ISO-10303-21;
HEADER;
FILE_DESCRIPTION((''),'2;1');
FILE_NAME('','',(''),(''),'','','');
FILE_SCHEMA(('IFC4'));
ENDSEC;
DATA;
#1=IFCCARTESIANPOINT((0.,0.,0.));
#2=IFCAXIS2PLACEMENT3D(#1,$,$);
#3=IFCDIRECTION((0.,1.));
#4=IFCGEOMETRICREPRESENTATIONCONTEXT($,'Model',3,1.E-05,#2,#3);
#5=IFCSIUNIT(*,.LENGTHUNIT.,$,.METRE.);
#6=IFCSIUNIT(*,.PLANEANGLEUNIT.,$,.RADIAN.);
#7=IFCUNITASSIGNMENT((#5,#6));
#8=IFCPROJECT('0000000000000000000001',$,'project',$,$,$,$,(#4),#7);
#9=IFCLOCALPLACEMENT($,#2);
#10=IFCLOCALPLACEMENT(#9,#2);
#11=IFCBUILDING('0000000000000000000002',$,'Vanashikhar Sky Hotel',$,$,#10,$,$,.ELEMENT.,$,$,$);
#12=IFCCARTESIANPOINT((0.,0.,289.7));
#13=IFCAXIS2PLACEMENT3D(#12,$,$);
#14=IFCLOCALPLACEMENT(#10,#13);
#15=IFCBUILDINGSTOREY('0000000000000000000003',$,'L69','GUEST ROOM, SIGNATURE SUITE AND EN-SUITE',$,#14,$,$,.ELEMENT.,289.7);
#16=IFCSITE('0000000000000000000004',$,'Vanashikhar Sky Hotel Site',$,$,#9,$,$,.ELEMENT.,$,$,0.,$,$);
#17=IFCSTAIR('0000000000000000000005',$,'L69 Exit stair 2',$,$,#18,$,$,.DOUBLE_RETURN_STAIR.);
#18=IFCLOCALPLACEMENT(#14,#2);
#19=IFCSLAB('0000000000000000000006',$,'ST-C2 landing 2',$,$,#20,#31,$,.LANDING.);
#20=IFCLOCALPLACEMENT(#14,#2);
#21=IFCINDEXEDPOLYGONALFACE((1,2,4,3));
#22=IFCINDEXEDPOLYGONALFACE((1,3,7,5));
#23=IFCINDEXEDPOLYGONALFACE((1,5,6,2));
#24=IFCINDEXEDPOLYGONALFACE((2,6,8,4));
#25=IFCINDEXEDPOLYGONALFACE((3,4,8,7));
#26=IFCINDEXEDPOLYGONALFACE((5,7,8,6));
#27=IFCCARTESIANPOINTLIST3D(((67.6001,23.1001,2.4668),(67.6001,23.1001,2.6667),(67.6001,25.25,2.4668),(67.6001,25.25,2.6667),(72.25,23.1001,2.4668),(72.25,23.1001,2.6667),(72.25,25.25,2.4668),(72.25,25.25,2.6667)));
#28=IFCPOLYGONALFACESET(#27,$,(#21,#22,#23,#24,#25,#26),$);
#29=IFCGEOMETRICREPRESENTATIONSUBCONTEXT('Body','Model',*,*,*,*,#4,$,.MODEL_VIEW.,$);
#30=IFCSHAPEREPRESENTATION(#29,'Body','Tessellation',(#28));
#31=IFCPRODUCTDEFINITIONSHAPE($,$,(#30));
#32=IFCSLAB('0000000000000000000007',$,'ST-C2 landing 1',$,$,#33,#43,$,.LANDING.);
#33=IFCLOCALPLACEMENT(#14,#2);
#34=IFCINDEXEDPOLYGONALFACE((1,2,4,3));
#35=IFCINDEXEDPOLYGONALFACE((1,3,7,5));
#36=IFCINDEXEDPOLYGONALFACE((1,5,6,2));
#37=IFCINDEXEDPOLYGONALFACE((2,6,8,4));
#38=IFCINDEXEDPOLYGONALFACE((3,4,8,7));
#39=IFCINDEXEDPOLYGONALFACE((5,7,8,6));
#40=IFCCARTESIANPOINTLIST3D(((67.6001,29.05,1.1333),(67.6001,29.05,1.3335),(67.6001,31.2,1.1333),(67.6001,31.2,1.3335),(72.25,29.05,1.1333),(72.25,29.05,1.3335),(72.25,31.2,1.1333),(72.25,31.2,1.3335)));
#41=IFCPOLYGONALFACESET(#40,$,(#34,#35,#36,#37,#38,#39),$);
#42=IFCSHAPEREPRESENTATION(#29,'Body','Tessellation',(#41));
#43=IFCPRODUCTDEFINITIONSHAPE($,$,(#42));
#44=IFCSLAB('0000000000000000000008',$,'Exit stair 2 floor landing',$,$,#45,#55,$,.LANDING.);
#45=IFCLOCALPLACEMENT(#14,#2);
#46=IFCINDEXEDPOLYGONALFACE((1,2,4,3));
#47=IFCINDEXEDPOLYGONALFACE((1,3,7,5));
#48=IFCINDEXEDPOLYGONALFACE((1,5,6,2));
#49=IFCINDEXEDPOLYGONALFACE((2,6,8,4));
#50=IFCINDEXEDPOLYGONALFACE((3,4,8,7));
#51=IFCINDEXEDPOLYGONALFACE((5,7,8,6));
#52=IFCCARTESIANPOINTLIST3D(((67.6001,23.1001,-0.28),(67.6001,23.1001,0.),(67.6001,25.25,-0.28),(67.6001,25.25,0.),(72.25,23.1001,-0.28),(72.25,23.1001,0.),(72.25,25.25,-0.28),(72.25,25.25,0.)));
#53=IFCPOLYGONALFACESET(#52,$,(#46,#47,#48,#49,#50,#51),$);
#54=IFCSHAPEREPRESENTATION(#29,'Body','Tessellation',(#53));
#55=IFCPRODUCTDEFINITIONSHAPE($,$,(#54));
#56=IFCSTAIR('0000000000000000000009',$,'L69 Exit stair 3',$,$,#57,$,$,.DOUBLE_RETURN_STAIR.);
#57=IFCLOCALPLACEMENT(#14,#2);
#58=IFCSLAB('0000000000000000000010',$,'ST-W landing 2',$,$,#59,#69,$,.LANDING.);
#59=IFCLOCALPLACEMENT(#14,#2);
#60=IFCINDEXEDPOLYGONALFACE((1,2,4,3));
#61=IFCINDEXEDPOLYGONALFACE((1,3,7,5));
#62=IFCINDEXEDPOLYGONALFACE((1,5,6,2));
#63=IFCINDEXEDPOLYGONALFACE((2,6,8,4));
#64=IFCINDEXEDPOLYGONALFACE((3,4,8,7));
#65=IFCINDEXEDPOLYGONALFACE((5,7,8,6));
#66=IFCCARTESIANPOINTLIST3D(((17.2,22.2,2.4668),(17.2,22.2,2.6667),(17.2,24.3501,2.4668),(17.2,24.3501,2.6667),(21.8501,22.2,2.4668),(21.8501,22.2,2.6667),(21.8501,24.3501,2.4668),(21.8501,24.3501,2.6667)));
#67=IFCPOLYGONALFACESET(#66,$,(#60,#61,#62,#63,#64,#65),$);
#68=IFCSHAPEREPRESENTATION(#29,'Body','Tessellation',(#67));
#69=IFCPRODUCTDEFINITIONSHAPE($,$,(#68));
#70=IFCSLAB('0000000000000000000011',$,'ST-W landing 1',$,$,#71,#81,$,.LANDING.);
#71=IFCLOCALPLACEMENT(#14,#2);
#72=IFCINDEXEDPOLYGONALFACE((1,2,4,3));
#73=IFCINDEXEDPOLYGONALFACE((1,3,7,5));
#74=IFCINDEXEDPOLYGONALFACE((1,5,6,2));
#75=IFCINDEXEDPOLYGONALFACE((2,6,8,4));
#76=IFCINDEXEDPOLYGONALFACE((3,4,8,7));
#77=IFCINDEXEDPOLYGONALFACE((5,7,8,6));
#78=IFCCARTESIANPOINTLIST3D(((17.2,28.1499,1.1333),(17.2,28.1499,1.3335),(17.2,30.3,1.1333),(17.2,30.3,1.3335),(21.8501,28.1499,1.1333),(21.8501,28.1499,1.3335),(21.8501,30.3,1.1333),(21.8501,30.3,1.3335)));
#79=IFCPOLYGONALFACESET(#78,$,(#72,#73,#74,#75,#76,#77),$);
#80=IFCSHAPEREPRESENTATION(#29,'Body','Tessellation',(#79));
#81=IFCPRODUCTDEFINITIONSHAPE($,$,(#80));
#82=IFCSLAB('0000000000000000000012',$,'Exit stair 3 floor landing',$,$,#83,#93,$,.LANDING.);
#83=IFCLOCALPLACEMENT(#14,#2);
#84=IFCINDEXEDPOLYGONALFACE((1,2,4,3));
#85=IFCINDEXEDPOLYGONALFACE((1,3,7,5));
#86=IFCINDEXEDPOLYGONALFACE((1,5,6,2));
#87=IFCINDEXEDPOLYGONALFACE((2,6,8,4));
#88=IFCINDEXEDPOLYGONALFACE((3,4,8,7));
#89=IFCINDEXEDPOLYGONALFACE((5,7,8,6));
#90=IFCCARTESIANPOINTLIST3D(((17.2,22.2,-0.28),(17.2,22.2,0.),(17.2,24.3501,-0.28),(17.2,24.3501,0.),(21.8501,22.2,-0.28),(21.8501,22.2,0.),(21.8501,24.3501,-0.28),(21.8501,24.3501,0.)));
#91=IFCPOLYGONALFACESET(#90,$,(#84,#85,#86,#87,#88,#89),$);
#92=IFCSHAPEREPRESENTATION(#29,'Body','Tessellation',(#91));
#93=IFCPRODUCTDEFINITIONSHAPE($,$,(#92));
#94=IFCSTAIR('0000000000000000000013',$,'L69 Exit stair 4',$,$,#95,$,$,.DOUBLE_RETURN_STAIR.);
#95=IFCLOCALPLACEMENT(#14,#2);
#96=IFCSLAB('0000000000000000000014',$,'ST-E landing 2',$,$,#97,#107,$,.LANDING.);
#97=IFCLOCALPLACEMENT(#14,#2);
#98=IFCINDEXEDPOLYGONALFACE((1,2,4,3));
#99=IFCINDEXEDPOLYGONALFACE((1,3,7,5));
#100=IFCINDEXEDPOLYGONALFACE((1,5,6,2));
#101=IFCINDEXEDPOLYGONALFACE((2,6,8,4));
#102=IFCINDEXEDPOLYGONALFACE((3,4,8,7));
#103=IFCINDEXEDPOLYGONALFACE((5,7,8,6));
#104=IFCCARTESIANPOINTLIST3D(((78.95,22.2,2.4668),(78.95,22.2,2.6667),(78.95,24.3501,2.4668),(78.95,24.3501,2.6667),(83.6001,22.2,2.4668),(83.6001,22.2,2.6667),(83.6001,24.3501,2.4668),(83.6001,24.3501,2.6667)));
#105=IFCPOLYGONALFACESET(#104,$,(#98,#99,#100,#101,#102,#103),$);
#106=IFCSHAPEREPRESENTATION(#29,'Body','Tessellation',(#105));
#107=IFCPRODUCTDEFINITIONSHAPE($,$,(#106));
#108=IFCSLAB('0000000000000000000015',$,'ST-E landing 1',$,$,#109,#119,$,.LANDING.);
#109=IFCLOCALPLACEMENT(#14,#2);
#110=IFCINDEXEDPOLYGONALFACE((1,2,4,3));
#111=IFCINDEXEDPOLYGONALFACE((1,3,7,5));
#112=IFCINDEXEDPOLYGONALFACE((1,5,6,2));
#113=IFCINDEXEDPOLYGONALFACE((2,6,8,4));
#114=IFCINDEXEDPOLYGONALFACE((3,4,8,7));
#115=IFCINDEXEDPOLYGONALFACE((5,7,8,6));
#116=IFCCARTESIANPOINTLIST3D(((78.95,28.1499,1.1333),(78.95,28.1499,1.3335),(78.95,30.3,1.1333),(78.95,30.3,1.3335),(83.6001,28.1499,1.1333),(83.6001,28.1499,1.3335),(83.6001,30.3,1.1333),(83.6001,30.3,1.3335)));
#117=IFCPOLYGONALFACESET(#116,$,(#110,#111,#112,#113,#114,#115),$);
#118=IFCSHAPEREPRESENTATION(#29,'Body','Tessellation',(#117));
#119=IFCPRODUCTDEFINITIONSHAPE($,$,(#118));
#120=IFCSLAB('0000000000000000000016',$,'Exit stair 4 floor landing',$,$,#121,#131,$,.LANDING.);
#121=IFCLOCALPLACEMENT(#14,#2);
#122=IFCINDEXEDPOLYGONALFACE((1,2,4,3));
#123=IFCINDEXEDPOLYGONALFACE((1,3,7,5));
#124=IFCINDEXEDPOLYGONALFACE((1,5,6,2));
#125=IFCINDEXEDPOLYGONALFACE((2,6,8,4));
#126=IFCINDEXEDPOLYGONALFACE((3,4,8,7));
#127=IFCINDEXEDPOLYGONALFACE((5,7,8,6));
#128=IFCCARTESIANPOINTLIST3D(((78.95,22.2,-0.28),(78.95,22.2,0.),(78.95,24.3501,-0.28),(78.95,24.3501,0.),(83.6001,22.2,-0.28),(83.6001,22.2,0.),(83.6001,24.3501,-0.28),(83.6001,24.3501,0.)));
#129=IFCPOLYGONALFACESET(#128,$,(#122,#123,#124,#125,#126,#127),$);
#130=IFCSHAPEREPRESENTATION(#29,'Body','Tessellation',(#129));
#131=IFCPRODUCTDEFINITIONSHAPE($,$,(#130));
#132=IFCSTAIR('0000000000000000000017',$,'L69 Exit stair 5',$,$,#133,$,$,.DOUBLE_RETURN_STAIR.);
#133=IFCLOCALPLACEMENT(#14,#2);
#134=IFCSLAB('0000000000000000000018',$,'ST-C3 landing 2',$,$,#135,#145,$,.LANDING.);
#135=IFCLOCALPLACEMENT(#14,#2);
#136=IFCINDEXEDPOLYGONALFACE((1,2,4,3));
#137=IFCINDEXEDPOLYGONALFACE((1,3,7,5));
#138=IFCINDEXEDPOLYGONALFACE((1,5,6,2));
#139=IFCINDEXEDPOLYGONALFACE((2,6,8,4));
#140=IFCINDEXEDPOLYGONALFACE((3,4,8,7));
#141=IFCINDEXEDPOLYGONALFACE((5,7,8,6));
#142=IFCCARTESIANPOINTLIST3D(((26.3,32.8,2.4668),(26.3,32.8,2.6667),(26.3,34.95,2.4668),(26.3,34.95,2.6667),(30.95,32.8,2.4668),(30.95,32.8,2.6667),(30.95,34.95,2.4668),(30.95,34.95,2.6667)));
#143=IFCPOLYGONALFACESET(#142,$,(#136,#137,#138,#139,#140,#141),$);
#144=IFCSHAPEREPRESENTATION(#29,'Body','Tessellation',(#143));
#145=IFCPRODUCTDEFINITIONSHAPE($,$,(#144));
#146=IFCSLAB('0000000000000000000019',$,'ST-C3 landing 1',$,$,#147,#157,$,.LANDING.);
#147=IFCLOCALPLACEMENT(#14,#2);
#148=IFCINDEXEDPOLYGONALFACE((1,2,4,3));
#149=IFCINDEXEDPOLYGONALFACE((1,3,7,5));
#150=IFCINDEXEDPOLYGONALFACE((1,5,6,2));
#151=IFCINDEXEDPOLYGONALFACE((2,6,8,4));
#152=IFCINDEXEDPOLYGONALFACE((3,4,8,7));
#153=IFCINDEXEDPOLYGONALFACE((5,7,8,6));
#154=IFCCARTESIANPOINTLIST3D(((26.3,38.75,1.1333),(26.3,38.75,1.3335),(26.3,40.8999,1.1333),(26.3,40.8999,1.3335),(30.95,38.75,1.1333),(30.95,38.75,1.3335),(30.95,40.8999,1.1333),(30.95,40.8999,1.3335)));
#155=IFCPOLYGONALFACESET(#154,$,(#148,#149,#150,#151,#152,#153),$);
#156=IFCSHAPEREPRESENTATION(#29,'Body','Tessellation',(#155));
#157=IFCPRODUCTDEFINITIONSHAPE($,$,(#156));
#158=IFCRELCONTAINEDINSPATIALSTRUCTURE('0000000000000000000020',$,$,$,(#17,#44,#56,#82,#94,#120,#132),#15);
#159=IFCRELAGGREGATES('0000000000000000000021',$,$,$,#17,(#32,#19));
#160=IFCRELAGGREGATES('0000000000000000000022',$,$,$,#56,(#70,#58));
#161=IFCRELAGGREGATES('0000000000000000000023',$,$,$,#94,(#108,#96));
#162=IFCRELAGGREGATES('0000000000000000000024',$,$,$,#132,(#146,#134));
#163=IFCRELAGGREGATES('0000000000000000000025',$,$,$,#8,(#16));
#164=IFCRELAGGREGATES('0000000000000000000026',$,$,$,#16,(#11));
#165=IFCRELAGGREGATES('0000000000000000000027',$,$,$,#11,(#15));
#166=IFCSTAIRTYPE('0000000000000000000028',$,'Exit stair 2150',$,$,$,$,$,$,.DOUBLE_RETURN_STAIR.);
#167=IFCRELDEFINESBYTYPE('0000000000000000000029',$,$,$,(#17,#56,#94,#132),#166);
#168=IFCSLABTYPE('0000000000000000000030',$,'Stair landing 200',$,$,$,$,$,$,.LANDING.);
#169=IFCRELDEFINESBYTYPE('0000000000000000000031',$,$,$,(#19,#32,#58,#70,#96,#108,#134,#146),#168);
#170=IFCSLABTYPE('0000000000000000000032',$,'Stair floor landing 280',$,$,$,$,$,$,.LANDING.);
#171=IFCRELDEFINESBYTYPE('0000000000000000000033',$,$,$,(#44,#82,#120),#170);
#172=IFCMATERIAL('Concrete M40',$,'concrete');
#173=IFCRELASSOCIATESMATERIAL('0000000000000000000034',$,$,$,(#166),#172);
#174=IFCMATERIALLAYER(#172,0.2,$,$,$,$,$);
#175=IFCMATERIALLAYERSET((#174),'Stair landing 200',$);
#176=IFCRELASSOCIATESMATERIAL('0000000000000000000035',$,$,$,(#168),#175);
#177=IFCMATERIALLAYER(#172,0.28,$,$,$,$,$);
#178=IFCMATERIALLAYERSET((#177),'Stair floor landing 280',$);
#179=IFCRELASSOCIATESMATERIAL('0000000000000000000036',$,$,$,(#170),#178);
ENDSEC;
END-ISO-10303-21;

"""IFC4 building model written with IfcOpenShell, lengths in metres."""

from ifc_helpers import new_model, si_unit, direction, frame, origin, place, context, subcontext, project, spatial, polyline, outline, extrude, source, transform, mapped, material, layer, layer_set, type_object, element, aggregate, save


model = new_model("IFC4")

# Units and contexts
model_context = context("Model", 3, precision=1e-05, world=origin(), true_north=direction((0.0, 1.0)))
body_context = subcontext(model_context, "Body", "Model", "MODEL_VIEW")
ifc_project = project(units=[si_unit("LENGTHUNIT", "METRE"), si_unit("PLANEANGLEUNIT", "RADIAN")], contexts=[model_context])

# Site, building, storey
site_placement = place(None, origin())
site = spatial("IfcSite", under=ifc_project, at=site_placement, Name="Vanashikhar Sky Hotel Site", CompositionType="ELEMENT", RefElevation=0.0)
building_placement = place(site_placement, origin())
building = spatial("IfcBuilding", under=site, at=building_placement, Name="Vanashikhar Sky Hotel", CompositionType="ELEMENT")
storey_placement = place(building_placement, frame((0.0, 0.0, 289.7)))
storey = spatial("IfcBuildingStorey", under=building, at=storey_placement, Name="L69", Description="GUEST ROOM, SIGNATURE SUITE AND EN-SUITE", CompositionType="ELEMENT", Elevation=289.7)

# Shared definitions
ifc_material = material(Name="Concrete M40", Category="concrete")

# Shared definitions
stair_type = type_object("IfcStairType", Name="Exit stair 2150", PredefinedType="DOUBLE_RETURN_STAIR", material=ifc_material)
ifc_layer_1 = layer(ifc_material, 0.2)
ifc_layer_set_1 = layer_set([ifc_layer_1], Name="Stair landing 200")
slab_type_1 = type_object("IfcSlabType", Name="Stair landing 200", PredefinedType="LANDING", material=ifc_layer_set_1)

# Shared definitions
ifc_layer_2 = layer(ifc_material, 0.28)
ifc_layer_set_2 = layer_set([ifc_layer_2], Name="Stair floor landing 280")
slab_type_2 = type_object("IfcSlabType", Name="Stair floor landing 280", PredefinedType="LANDING", material=ifc_layer_set_2)

# Stair, slabs
stair_1_placement = place(storey_placement, origin())
stair_1 = element("IfcStair", 1, at=stair_1_placement, inside=storey, type_object=stair_type, Name="L69 Exit stair 2", PredefinedType="DOUBLE_RETURN_STAIR")
shared_shape_1 = source(origin(), body_context, "Body", "SweptSolid", [
    extrude(outline(polyline([(72.25, 23.1001), (72.25, 25.25), (67.6001, 25.25), (67.6001, 23.1001), (72.25, 23.1001)])), origin(), (0.0, 0.0, 1.0), 0.2),
])
slab_1_placement = place(storey_placement, frame((0.0, 0.0, 2.4668)))
slab_1 = element("IfcSlab", 2, at=slab_1_placement, type_object=slab_type_1, Name="ST-C2 landing 2", PredefinedType="LANDING", context=body_context, shape_type="MappedRepresentation", body=[
    mapped(shared_shape_1, transform((0.0, 0.0, 0.0), scale=1.0)),
])
shared_shape_2 = source(origin(), body_context, "Body", "SweptSolid", [
    extrude(outline(polyline([(72.25, 29.05), (72.25, 31.2), (67.6001, 31.2), (67.6001, 29.05), (72.25, 29.05)])), origin(), (0.0, 0.0, 1.0), 0.2002),
])
slab_2_placement = place(storey_placement, frame((0.0, 0.0, 1.1333)))
slab_2 = element("IfcSlab", 3, at=slab_2_placement, type_object=slab_type_1, Name="ST-C2 landing 1", PredefinedType="LANDING", context=body_context, shape_type="MappedRepresentation", body=[
    mapped(shared_shape_2, transform((0.0, 0.0, 0.0), scale=1.0)),
])
aggregate(stair_1, [slab_2, slab_1])

# Slab
shared_shape_3 = source(origin(), body_context, "Body", "SweptSolid", [
    extrude(outline(polyline([(72.25, 23.1001), (72.25, 25.25), (67.6001, 25.25), (67.6001, 23.1001), (72.25, 23.1001)])), origin(), (0.0, 0.0, 1.0), 0.28),
])
slab_3_placement = place(storey_placement, frame((0.0, 0.0, -0.28)))
element("IfcSlab", 4, at=slab_3_placement, inside=storey, type_object=slab_type_2, Name="Exit stair 2 floor landing", PredefinedType="LANDING", context=body_context, shape_type="MappedRepresentation", body=[
    mapped(shared_shape_3, transform((0.0, 0.0, 0.0), scale=1.0)),
])

# Stair, slabs
stair_2_placement = place(storey_placement, origin())
stair_2 = element("IfcStair", 5, at=stair_2_placement, inside=storey, type_object=stair_type, Name="L69 Exit stair 3", PredefinedType="DOUBLE_RETURN_STAIR")
shared_shape_4 = source(origin(), body_context, "Body", "SweptSolid", [
    extrude(outline(polyline([(21.8501, 22.2), (21.8501, 24.3501), (17.2, 24.3501), (17.2, 22.2), (21.8501, 22.2)])), origin(), (0.0, 0.0, 1.0), 0.2),
])
slab_4_placement = place(storey_placement, frame((0.0, 0.0, 2.4668)))
slab_4 = element("IfcSlab", 6, at=slab_4_placement, type_object=slab_type_1, Name="ST-W landing 2", PredefinedType="LANDING", context=body_context, shape_type="MappedRepresentation", body=[
    mapped(shared_shape_4, transform((0.0, 0.0, 0.0), scale=1.0)),
])
shared_shape_5 = source(origin(), body_context, "Body", "SweptSolid", [
    extrude(outline(polyline([(21.8501, 28.1499), (21.8501, 30.3), (17.2, 30.3), (17.2, 28.1499), (21.8501, 28.1499)])), origin(), (0.0, 0.0, 1.0), 0.2002),
])
slab_5_placement = place(storey_placement, frame((0.0, 0.0, 1.1333)))
slab_5 = element("IfcSlab", 7, at=slab_5_placement, type_object=slab_type_1, Name="ST-W landing 1", PredefinedType="LANDING", context=body_context, shape_type="MappedRepresentation", body=[
    mapped(shared_shape_5, transform((0.0, 0.0, 0.0), scale=1.0)),
])
aggregate(stair_2, [slab_5, slab_4])

# Slab
shared_shape_6 = source(origin(), body_context, "Body", "SweptSolid", [
    extrude(outline(polyline([(21.8501, 22.2), (21.8501, 24.3501), (17.2, 24.3501), (17.2, 22.2), (21.8501, 22.2)])), origin(), (0.0, 0.0, 1.0), 0.28),
])
slab_6_placement = place(storey_placement, frame((0.0, 0.0, -0.28)))
element("IfcSlab", 8, at=slab_6_placement, inside=storey, type_object=slab_type_2, Name="Exit stair 3 floor landing", PredefinedType="LANDING", context=body_context, shape_type="MappedRepresentation", body=[
    mapped(shared_shape_6, transform((0.0, 0.0, 0.0), scale=1.0)),
])

# Stair, slabs
stair_3_placement = place(storey_placement, origin())
stair_3 = element("IfcStair", 9, at=stair_3_placement, inside=storey, type_object=stair_type, Name="L69 Exit stair 4", PredefinedType="DOUBLE_RETURN_STAIR")
shared_shape_7 = source(origin(), body_context, "Body", "SweptSolid", [
    extrude(outline(polyline([(83.6001, 22.2), (83.6001, 24.3501), (78.95, 24.3501), (78.95, 22.2), (83.6001, 22.2)])), origin(), (0.0, 0.0, 1.0), 0.2),
])
slab_7_placement = place(storey_placement, frame((0.0, 0.0, 2.4668)))
slab_7 = element("IfcSlab", 10, at=slab_7_placement, type_object=slab_type_1, Name="ST-E landing 2", PredefinedType="LANDING", context=body_context, shape_type="MappedRepresentation", body=[
    mapped(shared_shape_7, transform((0.0, 0.0, 0.0), scale=1.0)),
])
shared_shape_8 = source(origin(), body_context, "Body", "SweptSolid", [
    extrude(outline(polyline([(83.6001, 28.1499), (83.6001, 30.3), (78.95, 30.3), (78.95, 28.1499), (83.6001, 28.1499)])), origin(), (0.0, 0.0, 1.0), 0.2002),
])
slab_8_placement = place(storey_placement, frame((0.0, 0.0, 1.1333)))
slab_8 = element("IfcSlab", 11, at=slab_8_placement, type_object=slab_type_1, Name="ST-E landing 1", PredefinedType="LANDING", context=body_context, shape_type="MappedRepresentation", body=[
    mapped(shared_shape_8, transform((0.0, 0.0, 0.0), scale=1.0)),
])
aggregate(stair_3, [slab_8, slab_7])

# Slab
shared_shape_9 = source(origin(), body_context, "Body", "SweptSolid", [
    extrude(outline(polyline([(83.6001, 22.2), (83.6001, 24.3501), (78.95, 24.3501), (78.95, 22.2), (83.6001, 22.2)])), origin(), (0.0, 0.0, 1.0), 0.28),
])
slab_9_placement = place(storey_placement, frame((0.0, 0.0, -0.28)))
element("IfcSlab", 12, at=slab_9_placement, inside=storey, type_object=slab_type_2, Name="Exit stair 4 floor landing", PredefinedType="LANDING", context=body_context, shape_type="MappedRepresentation", body=[
    mapped(shared_shape_9, transform((0.0, 0.0, 0.0), scale=1.0)),
])

# Stair, slabs
stair_4_placement = place(storey_placement, origin())
stair_4 = element("IfcStair", 13, at=stair_4_placement, inside=storey, type_object=stair_type, Name="L69 Exit stair 5", PredefinedType="DOUBLE_RETURN_STAIR")
shared_shape_10 = source(origin(), body_context, "Body", "SweptSolid", [
    extrude(outline(polyline([(30.95, 32.8), (30.95, 34.95), (26.3, 34.95), (26.3, 32.8), (30.95, 32.8)])), origin(), (0.0, 0.0, 1.0), 0.2),
])
slab_10_placement = place(storey_placement, frame((0.0, 0.0, 2.4668)))
slab_10 = element("IfcSlab", 14, at=slab_10_placement, type_object=slab_type_1, Name="ST-C3 landing 2", PredefinedType="LANDING", context=body_context, shape_type="MappedRepresentation", body=[
    mapped(shared_shape_10, transform((0.0, 0.0, 0.0), scale=1.0)),
])
shared_shape_11 = source(origin(), body_context, "Body", "SweptSolid", [
    extrude(outline(polyline([(30.95, 38.75), (30.95, 40.8999), (26.3, 40.8999), (26.3, 38.75), (30.95, 38.75)])), origin(), (0.0, 0.0, 1.0), 0.2002),
])
slab_11_placement = place(storey_placement, frame((0.0, 0.0, 1.1333)))
slab_11 = element("IfcSlab", 15, at=slab_11_placement, type_object=slab_type_1, Name="ST-C3 landing 1", PredefinedType="LANDING", context=body_context, shape_type="MappedRepresentation", body=[
    mapped(shared_shape_11, transform((0.0, 0.0, 0.0), scale=1.0)),
])
aggregate(stair_4, [slab_11, slab_10])

save(model, "model.ifc")
